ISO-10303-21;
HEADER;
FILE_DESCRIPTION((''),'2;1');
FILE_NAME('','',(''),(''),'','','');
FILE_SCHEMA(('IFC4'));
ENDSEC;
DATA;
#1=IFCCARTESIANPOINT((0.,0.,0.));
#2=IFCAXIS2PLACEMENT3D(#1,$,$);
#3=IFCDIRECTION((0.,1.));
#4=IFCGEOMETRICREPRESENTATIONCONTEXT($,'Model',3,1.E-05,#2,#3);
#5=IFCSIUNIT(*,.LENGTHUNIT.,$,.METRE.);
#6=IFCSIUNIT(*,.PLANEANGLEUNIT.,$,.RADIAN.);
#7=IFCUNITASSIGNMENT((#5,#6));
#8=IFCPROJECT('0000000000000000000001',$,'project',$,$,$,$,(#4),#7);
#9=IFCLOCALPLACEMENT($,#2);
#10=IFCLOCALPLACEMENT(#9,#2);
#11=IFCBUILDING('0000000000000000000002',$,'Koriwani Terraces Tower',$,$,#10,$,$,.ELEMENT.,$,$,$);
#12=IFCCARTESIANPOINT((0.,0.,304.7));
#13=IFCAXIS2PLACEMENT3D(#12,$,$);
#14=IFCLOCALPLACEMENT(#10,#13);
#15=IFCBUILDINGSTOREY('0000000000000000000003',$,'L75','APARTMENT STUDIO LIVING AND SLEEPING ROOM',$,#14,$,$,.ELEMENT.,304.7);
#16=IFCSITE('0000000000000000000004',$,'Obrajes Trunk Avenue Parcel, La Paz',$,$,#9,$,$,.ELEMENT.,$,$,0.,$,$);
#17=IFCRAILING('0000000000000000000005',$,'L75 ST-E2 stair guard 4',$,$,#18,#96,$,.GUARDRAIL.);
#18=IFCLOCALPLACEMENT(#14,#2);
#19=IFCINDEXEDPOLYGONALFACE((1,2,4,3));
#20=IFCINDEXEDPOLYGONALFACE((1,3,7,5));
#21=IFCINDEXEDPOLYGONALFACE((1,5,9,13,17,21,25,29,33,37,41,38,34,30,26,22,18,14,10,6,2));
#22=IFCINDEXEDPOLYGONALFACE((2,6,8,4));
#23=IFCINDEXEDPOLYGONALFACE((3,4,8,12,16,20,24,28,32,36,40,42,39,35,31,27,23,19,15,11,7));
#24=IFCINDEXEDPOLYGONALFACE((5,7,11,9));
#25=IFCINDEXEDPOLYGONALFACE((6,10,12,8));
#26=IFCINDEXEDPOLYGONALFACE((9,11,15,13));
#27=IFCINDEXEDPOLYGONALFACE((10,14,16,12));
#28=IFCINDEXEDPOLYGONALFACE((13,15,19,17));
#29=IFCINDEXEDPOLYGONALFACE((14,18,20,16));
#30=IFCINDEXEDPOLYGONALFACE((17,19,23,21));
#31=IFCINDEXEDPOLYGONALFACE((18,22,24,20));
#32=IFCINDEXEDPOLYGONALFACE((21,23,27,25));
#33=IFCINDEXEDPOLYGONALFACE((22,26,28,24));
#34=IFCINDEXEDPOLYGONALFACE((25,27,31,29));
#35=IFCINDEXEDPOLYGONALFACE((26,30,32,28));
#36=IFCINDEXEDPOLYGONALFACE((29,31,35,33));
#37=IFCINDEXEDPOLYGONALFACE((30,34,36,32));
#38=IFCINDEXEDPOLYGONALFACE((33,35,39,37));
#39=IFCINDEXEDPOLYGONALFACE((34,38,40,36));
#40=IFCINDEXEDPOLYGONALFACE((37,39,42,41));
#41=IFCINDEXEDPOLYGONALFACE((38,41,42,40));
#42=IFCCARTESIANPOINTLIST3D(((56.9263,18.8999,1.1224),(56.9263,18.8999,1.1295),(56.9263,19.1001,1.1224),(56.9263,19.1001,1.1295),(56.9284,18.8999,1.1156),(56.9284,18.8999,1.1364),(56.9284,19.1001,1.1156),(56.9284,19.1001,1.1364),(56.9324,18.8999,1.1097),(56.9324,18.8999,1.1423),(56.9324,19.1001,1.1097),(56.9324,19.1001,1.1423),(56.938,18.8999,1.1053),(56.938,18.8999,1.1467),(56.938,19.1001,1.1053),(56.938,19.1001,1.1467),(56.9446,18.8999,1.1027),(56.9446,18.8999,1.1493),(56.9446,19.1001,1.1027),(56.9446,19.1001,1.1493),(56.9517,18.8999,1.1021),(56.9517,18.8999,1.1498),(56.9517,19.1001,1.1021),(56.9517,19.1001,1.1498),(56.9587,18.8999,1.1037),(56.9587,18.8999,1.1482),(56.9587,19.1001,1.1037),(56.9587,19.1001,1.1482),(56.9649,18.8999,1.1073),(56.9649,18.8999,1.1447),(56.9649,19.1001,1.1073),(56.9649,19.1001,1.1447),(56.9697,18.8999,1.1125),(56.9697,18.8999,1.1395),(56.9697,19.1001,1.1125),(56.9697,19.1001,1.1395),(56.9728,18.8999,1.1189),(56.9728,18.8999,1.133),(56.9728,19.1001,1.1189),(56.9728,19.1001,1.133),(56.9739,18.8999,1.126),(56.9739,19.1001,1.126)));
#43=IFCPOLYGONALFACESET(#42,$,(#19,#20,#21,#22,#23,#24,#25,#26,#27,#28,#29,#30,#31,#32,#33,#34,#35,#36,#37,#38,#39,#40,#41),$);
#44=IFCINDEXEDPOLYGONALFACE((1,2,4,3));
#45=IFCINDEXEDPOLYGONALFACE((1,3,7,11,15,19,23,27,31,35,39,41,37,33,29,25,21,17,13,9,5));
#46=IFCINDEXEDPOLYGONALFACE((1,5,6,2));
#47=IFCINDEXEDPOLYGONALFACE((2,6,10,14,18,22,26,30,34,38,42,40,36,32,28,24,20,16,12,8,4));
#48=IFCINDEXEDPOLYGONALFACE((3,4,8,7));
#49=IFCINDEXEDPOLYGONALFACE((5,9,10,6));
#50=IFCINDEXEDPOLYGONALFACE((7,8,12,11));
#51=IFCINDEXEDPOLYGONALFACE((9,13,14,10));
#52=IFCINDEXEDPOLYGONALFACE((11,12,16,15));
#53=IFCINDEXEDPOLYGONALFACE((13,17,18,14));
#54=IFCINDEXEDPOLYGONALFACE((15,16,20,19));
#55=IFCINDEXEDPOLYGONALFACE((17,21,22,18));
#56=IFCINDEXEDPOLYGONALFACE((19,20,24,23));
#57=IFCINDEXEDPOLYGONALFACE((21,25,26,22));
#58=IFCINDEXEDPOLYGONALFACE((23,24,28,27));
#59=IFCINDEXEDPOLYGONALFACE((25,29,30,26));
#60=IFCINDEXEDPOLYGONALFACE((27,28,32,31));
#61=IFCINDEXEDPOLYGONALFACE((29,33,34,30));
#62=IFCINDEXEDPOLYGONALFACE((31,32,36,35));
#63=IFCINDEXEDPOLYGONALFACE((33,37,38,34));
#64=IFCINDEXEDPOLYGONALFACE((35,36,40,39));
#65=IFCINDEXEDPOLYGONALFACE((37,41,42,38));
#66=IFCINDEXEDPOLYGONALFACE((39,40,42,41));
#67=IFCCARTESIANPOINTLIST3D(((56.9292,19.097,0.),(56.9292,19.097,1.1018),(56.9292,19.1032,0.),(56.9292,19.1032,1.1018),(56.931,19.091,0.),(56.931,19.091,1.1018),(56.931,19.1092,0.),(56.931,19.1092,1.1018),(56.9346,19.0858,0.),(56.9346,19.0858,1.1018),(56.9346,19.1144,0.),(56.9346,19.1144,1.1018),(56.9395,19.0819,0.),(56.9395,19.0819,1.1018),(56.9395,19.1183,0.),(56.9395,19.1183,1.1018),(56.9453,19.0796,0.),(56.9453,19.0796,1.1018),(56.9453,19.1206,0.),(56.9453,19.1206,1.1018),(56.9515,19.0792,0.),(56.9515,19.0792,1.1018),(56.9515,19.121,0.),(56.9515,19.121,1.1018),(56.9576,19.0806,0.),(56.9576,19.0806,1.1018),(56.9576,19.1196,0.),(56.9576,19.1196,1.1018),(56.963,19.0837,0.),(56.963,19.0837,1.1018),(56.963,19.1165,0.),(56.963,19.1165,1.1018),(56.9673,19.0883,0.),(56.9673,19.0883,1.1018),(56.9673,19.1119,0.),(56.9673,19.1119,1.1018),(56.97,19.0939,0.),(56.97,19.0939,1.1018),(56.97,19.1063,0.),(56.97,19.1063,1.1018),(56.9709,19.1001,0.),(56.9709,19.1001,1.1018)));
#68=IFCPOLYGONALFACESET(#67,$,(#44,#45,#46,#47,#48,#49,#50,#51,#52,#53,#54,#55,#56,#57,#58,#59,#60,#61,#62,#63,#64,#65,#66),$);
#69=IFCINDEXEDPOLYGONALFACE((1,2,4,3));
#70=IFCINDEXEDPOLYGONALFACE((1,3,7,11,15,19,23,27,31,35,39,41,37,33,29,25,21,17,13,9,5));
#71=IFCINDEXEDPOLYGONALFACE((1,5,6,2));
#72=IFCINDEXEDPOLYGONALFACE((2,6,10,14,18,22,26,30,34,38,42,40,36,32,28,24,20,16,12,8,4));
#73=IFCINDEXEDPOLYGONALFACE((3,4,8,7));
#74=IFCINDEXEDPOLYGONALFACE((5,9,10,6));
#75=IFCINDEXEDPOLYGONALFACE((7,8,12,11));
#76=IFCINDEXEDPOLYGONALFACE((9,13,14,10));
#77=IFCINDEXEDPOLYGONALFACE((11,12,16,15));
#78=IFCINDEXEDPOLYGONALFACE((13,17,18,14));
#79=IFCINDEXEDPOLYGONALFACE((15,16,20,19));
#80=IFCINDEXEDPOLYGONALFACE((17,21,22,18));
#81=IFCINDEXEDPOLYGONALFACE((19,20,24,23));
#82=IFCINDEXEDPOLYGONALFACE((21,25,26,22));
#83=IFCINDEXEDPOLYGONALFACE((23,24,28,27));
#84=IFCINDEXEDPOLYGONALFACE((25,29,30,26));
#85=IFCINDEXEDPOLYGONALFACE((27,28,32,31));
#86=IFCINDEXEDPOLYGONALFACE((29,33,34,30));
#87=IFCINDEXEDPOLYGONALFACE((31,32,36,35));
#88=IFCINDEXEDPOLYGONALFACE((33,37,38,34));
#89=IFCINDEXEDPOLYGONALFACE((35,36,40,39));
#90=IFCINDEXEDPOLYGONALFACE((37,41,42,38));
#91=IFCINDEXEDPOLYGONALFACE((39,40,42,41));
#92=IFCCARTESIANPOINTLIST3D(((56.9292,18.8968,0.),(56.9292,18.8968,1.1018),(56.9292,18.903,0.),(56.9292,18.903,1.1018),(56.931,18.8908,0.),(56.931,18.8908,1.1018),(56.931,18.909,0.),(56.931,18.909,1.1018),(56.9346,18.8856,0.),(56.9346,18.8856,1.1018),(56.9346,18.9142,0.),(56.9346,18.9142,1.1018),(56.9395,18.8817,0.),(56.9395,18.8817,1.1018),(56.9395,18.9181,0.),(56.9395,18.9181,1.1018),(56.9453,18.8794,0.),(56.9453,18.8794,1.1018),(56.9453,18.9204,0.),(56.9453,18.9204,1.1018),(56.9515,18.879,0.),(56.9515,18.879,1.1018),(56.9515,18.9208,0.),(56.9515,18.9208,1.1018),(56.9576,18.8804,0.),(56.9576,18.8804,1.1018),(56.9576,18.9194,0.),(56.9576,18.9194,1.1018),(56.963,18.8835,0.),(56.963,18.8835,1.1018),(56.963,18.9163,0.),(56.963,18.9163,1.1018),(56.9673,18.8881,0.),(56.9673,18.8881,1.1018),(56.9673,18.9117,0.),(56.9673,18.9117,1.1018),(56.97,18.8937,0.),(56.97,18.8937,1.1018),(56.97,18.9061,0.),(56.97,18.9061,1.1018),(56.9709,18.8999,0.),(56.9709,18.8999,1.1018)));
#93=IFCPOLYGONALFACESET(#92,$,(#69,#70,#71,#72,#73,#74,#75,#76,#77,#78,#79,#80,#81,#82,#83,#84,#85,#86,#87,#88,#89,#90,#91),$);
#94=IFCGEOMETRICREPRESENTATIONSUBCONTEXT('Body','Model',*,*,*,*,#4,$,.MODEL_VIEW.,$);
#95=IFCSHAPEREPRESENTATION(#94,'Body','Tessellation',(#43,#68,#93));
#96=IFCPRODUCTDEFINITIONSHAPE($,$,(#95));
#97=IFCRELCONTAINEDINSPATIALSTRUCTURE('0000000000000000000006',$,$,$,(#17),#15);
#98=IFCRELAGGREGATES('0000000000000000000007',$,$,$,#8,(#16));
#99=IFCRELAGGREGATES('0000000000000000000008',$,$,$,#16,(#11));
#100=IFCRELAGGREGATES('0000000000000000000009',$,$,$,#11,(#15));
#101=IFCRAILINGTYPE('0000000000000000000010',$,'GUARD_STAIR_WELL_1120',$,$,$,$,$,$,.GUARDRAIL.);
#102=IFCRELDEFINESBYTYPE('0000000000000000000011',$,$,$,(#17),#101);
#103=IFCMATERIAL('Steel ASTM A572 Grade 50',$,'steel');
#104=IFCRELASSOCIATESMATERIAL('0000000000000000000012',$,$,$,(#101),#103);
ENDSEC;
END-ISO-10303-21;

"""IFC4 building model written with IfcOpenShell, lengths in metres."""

from ifc_helpers import new_model, si_unit, direction, frame, origin, origin_2d, place, context, subcontext, project, spatial, circle, extrude, material, type_object, element, save


model = new_model("IFC4")

# Units and contexts
model_context = context("Model", 3, precision=1e-05, world=origin(), true_north=direction((0.0, 1.0)))
body_context = subcontext(model_context, "Body", "Model", "MODEL_VIEW")
ifc_project = project(units=[si_unit("LENGTHUNIT", "METRE"), si_unit("PLANEANGLEUNIT", "RADIAN")], contexts=[model_context])

# Site, building, storey
site_placement = place(None, origin())
site = spatial("IfcSite", under=ifc_project, at=site_placement, Name="Obrajes Trunk Avenue Parcel, La Paz", CompositionType="ELEMENT", RefElevation=0.0)
building_placement = place(site_placement, origin())
building = spatial("IfcBuilding", under=site, at=building_placement, Name="Koriwani Terraces Tower", CompositionType="ELEMENT")
storey_placement = place(building_placement, frame((0.0, 0.0, 304.7)))
storey = spatial("IfcBuildingStorey", under=building, at=storey_placement, Name="L75", Description="APARTMENT STUDIO LIVING AND SLEEPING ROOM", CompositionType="ELEMENT", Elevation=304.7)

# Shared definitions
ifc_material_1 = material(Name="Steel ASTM A572 Grade 50", Category="steel")

# Railing
railing_type_1 = type_object("IfcRailingType", Name="GUARD_STAIR_WELL_1120", PredefinedType="GUARDRAIL", material=ifc_material_1)
railing_1_placement = place(storey_placement, frame((56.95, 19.1001, 0.0)))
element("IfcRailing", 1, at=railing_1_placement, inside=storey, type_object=railing_type_1, Name="L75 ST-E2 stair guard 4", PredefinedType="GUARDRAIL", context=body_context, shape_type="SweptSolid", body=[
    extrude(circle(Radius=0.0239, at=origin_2d()), frame((0.0, 0.0, 1.126), z_axis=(0.0, -1.0, 0.0), x_axis=(1.0, 0.0, 0.0)), (0.0, 0.0, 1.0), 0.2002),
    extrude(circle(Radius=0.021, at=origin_2d()), origin(), (0.0, 0.0, 1.0), 1.1018),
    extrude(circle(Radius=0.021, at=origin_2d()), frame((0.0, -0.2002, 0.0)), (0.0, 0.0, 1.0), 1.1018),
])

save(model, "model.ifc")
